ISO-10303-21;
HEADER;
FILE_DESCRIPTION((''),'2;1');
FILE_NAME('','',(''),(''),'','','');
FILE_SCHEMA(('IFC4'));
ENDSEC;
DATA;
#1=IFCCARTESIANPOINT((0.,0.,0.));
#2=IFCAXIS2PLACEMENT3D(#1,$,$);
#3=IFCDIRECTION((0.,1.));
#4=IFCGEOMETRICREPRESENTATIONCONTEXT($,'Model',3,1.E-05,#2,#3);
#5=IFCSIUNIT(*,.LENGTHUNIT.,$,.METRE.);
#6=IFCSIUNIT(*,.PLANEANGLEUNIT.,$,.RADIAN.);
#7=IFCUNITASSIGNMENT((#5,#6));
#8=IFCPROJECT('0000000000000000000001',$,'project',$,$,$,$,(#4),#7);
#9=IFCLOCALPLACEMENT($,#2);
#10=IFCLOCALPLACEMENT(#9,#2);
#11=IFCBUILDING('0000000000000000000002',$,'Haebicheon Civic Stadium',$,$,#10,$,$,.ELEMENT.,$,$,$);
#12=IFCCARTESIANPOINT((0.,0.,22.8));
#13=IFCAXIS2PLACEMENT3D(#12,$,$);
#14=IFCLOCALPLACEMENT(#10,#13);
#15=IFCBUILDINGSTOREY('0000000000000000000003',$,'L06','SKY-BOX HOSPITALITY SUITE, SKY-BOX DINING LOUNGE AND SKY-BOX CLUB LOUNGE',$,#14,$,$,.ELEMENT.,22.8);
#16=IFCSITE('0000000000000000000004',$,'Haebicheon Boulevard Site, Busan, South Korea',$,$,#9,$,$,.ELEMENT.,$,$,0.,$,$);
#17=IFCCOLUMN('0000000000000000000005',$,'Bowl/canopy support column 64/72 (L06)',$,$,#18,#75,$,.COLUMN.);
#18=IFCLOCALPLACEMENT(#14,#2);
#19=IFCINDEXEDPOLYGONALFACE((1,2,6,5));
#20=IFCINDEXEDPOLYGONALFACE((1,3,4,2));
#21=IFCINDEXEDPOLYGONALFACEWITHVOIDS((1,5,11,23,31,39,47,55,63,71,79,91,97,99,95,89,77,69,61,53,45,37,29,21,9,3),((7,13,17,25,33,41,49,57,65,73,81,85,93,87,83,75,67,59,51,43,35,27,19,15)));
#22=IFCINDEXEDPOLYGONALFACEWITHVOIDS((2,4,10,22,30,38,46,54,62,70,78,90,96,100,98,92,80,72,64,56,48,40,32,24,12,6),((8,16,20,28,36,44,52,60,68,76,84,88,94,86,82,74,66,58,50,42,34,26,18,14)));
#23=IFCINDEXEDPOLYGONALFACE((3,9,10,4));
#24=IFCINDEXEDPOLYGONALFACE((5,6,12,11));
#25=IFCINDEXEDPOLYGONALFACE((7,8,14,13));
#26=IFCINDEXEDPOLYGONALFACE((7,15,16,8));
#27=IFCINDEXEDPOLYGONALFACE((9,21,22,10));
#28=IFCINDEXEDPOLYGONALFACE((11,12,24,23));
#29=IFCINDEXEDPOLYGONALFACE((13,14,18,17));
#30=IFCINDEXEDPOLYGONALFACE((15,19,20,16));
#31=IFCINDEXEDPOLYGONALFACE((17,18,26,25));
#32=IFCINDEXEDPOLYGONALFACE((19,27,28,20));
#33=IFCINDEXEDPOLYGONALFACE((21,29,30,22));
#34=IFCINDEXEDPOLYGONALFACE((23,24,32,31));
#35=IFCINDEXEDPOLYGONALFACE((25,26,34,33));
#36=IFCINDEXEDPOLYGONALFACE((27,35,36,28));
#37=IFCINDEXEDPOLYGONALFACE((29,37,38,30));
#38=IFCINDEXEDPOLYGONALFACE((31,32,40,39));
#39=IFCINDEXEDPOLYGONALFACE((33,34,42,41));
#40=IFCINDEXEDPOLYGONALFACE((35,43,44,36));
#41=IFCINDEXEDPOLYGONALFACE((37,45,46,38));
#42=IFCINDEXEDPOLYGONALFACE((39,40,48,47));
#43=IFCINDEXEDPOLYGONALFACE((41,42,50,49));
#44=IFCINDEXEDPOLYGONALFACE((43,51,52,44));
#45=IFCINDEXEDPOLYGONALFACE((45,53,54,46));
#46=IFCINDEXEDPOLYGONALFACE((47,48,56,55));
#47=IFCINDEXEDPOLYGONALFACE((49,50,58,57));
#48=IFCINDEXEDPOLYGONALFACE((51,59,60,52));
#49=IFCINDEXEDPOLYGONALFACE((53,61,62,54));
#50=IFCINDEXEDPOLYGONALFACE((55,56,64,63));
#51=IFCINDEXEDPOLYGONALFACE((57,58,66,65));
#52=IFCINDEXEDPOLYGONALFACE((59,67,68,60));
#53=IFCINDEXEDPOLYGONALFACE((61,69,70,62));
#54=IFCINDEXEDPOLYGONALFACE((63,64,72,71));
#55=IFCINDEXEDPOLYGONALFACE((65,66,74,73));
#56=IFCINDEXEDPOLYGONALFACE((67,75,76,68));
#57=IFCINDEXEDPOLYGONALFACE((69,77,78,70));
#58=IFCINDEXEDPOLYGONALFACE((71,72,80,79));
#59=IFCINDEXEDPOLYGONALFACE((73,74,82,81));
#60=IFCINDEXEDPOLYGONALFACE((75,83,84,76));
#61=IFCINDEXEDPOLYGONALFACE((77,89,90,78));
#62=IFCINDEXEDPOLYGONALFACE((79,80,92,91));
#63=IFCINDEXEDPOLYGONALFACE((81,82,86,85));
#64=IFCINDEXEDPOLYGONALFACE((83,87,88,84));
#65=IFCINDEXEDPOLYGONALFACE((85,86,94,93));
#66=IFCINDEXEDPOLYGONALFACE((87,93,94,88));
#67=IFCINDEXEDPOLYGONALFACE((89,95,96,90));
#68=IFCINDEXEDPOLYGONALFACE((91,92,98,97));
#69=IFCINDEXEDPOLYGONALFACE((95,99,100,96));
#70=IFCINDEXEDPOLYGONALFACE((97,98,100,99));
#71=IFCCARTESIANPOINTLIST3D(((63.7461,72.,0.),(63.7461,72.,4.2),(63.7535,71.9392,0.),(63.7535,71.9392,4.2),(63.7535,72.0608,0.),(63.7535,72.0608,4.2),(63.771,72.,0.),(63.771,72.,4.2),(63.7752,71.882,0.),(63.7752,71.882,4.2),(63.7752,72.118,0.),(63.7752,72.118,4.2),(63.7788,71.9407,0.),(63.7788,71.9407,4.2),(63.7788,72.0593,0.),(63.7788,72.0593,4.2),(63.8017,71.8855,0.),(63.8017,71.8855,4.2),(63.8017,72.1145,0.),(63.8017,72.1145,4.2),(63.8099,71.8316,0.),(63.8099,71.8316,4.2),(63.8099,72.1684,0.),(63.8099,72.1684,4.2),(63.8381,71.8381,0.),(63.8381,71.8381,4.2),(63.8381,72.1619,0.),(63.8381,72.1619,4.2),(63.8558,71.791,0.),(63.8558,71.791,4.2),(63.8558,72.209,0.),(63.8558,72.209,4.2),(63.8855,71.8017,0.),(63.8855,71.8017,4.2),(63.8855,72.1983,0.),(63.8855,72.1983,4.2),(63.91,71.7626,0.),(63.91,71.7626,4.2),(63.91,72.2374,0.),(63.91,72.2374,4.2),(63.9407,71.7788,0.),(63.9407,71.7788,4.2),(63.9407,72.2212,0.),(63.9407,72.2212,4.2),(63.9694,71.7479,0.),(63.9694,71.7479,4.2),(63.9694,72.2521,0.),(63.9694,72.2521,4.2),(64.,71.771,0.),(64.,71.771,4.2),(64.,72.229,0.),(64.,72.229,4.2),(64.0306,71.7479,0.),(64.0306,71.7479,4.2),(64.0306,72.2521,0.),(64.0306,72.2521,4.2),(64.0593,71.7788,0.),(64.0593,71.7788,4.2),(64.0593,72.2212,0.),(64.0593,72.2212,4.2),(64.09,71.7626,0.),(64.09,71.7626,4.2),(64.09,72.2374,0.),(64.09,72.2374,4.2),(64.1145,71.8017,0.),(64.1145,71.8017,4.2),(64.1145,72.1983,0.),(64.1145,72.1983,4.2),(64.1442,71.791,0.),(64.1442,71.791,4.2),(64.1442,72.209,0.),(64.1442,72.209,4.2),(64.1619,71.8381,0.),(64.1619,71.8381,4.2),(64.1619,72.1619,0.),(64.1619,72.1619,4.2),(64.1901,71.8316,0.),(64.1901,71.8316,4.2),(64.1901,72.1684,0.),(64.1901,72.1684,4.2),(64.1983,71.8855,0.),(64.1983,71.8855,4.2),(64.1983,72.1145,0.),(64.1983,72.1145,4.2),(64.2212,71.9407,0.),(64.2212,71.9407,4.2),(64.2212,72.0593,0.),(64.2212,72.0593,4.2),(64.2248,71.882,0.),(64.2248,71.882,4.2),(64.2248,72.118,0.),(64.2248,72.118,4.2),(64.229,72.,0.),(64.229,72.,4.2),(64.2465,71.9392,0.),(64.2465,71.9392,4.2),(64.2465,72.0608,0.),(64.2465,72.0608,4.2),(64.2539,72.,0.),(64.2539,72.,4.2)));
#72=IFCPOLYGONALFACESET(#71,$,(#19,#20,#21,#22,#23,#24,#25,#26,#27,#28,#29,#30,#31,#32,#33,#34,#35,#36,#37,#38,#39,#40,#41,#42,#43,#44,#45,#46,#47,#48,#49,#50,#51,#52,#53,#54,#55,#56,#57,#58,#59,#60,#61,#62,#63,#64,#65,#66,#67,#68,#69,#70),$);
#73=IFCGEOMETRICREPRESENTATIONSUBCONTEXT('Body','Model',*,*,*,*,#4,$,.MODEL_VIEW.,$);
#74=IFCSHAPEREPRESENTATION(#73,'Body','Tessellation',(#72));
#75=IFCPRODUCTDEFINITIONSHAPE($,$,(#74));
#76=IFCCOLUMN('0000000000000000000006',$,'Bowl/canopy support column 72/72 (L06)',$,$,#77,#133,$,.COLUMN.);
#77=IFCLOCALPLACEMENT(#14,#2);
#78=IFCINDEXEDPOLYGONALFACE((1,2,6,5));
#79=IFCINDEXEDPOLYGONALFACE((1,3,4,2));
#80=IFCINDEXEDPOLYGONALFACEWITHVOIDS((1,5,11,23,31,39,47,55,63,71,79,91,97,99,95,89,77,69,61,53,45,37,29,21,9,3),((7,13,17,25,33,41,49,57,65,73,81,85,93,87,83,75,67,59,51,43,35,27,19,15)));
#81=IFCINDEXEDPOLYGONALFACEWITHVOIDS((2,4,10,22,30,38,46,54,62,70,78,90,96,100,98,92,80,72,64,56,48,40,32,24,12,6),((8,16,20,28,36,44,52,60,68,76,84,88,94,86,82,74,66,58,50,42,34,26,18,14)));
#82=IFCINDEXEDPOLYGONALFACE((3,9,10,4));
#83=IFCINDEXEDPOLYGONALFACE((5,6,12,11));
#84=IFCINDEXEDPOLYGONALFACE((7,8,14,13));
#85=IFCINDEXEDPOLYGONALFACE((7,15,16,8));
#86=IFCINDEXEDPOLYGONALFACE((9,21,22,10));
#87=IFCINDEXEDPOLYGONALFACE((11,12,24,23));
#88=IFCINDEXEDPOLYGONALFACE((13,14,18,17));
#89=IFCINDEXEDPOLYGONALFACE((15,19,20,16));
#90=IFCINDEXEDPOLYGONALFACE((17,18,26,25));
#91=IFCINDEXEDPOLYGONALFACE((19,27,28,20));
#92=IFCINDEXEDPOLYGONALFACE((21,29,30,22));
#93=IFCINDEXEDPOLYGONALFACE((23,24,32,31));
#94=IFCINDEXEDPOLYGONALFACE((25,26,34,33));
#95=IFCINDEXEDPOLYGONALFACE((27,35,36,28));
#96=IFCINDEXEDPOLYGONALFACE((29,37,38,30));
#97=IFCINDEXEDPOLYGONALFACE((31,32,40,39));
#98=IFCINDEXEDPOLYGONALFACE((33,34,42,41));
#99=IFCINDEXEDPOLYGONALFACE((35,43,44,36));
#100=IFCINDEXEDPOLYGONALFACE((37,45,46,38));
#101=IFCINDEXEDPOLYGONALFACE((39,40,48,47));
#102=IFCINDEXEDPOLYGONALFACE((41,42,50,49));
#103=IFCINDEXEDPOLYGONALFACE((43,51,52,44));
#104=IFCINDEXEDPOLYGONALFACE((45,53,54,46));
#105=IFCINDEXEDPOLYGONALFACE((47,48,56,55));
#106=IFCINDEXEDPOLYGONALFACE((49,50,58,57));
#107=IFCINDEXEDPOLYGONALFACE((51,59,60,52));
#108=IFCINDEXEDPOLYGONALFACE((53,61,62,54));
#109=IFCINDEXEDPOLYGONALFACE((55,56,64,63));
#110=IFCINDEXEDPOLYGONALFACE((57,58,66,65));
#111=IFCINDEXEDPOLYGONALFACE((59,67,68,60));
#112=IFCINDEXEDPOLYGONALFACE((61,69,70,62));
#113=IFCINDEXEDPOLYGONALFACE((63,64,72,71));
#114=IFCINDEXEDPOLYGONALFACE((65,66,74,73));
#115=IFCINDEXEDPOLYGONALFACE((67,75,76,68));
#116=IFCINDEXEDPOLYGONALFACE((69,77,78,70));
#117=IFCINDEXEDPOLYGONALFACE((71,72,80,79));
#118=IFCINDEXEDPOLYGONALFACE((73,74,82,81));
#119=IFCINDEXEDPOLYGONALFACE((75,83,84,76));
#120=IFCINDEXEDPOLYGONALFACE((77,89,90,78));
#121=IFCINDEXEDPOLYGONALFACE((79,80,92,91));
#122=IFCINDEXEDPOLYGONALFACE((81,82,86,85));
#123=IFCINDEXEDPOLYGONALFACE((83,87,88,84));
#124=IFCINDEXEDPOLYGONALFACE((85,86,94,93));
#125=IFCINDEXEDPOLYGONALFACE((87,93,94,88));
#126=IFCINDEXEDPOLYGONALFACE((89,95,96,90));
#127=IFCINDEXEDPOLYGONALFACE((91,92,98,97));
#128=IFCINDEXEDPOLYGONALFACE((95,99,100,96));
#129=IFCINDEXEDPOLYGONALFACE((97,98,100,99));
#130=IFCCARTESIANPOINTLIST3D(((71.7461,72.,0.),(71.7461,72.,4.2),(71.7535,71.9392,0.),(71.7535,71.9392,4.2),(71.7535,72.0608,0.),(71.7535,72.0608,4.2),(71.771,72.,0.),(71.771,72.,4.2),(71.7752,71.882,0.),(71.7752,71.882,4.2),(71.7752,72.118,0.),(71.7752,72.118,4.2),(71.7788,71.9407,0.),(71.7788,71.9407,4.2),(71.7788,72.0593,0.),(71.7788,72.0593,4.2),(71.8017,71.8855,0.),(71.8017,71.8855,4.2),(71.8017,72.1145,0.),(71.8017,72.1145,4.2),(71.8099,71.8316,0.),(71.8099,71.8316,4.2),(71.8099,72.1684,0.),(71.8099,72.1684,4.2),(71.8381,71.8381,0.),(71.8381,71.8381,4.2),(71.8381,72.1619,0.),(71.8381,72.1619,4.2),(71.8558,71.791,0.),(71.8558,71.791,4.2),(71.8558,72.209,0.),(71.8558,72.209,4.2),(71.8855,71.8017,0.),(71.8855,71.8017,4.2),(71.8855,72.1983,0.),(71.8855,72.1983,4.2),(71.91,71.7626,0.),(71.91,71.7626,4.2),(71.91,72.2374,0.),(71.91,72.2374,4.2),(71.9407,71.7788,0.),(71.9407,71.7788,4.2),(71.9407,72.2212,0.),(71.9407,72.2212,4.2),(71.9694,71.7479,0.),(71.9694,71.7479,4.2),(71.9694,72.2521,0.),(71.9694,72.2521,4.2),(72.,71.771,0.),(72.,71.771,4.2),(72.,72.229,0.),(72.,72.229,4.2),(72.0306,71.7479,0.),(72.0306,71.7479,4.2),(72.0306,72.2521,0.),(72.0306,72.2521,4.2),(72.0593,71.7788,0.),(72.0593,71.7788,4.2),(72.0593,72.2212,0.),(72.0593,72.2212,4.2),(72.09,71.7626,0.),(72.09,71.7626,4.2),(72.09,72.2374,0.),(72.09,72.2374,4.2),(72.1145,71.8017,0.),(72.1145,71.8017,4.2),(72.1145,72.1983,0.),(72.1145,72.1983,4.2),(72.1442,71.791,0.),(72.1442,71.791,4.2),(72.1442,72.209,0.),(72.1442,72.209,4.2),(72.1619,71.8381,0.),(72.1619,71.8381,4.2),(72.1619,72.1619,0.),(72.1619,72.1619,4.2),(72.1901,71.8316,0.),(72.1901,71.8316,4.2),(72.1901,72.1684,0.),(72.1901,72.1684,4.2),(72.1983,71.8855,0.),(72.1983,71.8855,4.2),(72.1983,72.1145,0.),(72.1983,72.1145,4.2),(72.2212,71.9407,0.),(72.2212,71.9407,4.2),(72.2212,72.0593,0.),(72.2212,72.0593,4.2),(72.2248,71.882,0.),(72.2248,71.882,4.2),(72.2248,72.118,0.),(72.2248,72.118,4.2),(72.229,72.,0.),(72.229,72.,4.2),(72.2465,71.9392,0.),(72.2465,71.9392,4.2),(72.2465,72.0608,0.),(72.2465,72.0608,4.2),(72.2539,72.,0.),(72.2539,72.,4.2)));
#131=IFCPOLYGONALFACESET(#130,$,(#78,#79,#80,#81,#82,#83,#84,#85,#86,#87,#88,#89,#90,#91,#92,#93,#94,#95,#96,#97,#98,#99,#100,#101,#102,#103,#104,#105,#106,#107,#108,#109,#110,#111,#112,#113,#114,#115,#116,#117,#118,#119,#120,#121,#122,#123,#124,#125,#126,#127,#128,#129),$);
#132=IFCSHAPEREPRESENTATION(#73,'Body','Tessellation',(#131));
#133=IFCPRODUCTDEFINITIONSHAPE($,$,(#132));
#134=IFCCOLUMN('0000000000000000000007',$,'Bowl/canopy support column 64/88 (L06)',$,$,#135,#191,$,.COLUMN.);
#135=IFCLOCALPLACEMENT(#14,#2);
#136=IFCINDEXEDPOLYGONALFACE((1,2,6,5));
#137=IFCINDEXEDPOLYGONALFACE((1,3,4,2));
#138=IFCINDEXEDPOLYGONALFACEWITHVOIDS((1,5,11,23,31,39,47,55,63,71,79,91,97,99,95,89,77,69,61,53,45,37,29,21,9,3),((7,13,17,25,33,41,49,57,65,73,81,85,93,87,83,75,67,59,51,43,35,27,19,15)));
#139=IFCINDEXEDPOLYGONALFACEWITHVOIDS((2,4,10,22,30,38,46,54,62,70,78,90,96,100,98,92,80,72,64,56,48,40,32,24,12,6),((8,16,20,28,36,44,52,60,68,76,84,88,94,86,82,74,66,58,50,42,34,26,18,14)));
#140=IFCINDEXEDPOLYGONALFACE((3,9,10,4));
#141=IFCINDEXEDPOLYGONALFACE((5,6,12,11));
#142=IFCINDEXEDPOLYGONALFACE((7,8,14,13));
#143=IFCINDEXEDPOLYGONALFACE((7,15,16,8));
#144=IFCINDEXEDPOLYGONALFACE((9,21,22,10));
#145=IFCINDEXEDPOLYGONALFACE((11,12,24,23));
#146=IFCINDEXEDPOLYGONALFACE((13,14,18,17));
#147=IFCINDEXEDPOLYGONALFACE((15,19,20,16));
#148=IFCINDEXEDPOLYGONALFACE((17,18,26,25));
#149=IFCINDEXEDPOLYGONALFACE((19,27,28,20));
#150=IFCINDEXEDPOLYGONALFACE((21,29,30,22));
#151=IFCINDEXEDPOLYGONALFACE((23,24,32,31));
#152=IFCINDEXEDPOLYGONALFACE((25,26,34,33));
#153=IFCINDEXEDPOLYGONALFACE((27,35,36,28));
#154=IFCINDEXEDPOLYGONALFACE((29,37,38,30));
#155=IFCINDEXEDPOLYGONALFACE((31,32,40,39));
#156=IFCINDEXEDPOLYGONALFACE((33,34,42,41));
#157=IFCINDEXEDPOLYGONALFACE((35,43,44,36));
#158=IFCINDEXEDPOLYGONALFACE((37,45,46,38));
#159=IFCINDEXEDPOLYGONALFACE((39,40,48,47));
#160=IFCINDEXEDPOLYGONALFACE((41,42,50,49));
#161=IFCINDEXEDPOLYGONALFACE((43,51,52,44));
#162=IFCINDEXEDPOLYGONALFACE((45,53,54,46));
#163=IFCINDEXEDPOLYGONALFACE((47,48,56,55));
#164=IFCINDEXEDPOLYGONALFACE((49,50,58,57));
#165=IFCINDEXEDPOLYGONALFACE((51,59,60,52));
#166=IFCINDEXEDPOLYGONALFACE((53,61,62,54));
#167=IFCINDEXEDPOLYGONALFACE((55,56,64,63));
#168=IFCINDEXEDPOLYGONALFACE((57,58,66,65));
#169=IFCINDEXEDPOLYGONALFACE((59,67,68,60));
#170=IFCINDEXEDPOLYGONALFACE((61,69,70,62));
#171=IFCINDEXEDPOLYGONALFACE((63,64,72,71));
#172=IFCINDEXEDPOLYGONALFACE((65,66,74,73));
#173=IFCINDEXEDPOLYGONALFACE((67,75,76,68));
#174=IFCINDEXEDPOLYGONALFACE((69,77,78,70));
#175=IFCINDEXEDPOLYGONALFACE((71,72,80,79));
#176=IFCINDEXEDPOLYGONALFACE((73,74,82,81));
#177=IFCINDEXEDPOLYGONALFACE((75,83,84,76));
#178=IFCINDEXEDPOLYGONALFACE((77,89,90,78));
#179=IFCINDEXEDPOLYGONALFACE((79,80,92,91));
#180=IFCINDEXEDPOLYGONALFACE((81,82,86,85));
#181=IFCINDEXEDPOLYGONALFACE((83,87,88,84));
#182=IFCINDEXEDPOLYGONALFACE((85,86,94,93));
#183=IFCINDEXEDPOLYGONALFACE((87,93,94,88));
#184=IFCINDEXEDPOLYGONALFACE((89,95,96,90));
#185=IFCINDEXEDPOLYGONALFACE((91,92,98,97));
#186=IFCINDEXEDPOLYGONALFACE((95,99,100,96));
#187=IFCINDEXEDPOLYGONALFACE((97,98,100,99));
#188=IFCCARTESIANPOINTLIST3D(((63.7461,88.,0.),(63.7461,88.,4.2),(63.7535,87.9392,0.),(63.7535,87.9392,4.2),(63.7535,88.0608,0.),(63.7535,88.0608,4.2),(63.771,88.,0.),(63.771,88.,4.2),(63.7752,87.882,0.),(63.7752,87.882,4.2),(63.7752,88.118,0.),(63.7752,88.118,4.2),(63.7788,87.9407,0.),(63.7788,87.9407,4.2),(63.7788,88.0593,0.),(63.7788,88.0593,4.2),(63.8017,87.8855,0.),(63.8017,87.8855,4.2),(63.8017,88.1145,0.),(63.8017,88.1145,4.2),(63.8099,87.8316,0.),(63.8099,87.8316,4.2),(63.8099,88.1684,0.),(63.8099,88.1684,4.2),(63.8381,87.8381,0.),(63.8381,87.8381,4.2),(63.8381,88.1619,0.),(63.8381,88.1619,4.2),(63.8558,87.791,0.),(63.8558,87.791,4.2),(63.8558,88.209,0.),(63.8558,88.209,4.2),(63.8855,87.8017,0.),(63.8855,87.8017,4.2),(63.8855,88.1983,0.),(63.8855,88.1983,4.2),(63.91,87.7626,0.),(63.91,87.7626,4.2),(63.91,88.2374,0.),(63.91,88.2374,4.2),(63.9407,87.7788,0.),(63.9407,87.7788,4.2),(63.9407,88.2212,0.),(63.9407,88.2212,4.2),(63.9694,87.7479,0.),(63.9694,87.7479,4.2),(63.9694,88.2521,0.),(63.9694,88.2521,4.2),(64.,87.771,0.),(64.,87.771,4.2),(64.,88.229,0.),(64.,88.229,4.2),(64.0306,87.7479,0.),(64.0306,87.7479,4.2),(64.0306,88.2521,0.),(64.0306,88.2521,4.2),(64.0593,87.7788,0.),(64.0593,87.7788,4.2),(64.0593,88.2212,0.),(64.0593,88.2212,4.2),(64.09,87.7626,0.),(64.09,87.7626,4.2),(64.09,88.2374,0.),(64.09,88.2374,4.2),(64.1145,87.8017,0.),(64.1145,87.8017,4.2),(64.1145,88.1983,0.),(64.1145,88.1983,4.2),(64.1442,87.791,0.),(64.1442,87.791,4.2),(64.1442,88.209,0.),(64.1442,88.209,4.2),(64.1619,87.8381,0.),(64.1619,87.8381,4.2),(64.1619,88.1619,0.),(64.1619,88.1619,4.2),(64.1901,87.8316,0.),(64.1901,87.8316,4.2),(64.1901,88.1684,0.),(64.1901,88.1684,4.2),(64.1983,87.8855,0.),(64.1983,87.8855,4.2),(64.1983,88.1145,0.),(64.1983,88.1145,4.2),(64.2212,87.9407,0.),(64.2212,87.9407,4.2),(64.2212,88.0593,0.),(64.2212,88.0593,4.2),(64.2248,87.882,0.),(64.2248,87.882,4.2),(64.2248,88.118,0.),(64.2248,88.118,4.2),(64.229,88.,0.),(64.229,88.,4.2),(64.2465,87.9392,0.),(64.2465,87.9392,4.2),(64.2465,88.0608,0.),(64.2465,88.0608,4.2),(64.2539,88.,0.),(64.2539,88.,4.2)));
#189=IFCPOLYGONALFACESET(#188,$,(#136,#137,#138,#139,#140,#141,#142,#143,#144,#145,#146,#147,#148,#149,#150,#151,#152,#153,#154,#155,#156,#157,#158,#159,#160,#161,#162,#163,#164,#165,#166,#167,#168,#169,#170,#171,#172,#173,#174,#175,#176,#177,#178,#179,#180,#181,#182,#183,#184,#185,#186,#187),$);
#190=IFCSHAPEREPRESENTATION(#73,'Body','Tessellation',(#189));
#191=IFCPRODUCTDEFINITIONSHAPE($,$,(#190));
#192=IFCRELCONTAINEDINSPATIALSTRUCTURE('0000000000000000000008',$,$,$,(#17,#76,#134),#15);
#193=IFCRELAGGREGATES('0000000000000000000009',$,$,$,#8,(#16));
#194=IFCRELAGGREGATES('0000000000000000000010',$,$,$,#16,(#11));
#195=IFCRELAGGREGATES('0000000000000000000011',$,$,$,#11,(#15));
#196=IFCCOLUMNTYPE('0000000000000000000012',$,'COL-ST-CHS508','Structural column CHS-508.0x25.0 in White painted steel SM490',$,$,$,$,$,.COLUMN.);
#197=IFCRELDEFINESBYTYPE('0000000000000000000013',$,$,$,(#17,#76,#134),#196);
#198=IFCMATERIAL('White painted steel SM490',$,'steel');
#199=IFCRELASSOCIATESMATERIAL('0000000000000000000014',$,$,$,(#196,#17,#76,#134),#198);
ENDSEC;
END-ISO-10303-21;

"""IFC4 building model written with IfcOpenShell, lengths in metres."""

from ifc_helpers import new_model, si_unit, direction, frame, origin, origin_2d, place, context, subcontext, project, spatial, hollow_circle, extrude, material, material_profile, profile_set, type_object, element, save


model = new_model("IFC4")

# Units and contexts
model_context = context("Model", 3, precision=1e-05, world=origin(), true_north=direction((0.0, 1.0)))
body_context = subcontext(model_context, "Body", "Model", "MODEL_VIEW")
ifc_project = project(units=[si_unit("LENGTHUNIT", "METRE"), si_unit("PLANEANGLEUNIT", "RADIAN")], contexts=[model_context])

# Site, building, storey
site_placement = place(None, origin())
site = spatial("IfcSite", under=ifc_project, at=site_placement, Name="Haebicheon Boulevard Site, Busan, South Korea", CompositionType="ELEMENT", RefElevation=0.0)
building_placement = place(site_placement, origin())
building = spatial("IfcBuilding", under=site, at=building_placement, Name="Haebicheon Civic Stadium", CompositionType="ELEMENT")
storey_placement = place(building_placement, frame((0.0, 0.0, 22.8)))
storey = spatial("IfcBuildingStorey", under=building, at=storey_placement, Name="L06", Description="SKY-BOX HOSPITALITY SUITE, SKY-BOX DINING LOUNGE AND SKY-BOX CLUB LOUNGE", CompositionType="ELEMENT", Elevation=22.8)

# Columns
ifc_material_1 = material(Name="White painted steel SM490", Category="steel")
ifc_material_profile_1 = material_profile(ifc_material_1, hollow_circle(Radius=0.2539, WallThickness=0.0249, at=origin_2d()), Name="CHS-508.0x25.0")
ifc_profile_set_1 = profile_set([ifc_material_profile_1], Name="White painted steel SM490")
column_type_1 = type_object("IfcColumnType", Name="COL-ST-CHS508", Description="Structural column CHS-508.0x25.0 in White painted steel SM490", PredefinedType="COLUMN", material=ifc_profile_set_1)
for number, where, z_axis, x_axis, name in (
    (1, (64.0, 72.0, 0.0), (0.0, 0.0, 1.0), (1.0, 0.0, 0.0), "Bowl/canopy support column 64/72 (L06)"),
    (2, (72.0, 72.0, 0.0), (0.0, 0.0, 1.0), (1.0, 0.0, 0.0), "Bowl/canopy support column 72/72 (L06)"),
    (3, (64.0, 88.0, 0.0), (0.0, 0.0, 1.0), (1.0, 0.0, 0.0), "Bowl/canopy support column 64/88 (L06)"),
):
    element("IfcColumn", number, at=place(storey_placement, frame(where, z_axis=z_axis, x_axis=x_axis)), inside=storey, type_object=column_type_1, material=ifc_profile_set_1, Name=name, PredefinedType="COLUMN", context=body_context, shape_type="SweptSolid", body=[
        extrude(hollow_circle(Radius=0.2539, WallThickness=0.0249, at=origin_2d()), origin(), (0.0, 0.0, 1.0), 4.2),
    ])

save(model, "model.ifc")
